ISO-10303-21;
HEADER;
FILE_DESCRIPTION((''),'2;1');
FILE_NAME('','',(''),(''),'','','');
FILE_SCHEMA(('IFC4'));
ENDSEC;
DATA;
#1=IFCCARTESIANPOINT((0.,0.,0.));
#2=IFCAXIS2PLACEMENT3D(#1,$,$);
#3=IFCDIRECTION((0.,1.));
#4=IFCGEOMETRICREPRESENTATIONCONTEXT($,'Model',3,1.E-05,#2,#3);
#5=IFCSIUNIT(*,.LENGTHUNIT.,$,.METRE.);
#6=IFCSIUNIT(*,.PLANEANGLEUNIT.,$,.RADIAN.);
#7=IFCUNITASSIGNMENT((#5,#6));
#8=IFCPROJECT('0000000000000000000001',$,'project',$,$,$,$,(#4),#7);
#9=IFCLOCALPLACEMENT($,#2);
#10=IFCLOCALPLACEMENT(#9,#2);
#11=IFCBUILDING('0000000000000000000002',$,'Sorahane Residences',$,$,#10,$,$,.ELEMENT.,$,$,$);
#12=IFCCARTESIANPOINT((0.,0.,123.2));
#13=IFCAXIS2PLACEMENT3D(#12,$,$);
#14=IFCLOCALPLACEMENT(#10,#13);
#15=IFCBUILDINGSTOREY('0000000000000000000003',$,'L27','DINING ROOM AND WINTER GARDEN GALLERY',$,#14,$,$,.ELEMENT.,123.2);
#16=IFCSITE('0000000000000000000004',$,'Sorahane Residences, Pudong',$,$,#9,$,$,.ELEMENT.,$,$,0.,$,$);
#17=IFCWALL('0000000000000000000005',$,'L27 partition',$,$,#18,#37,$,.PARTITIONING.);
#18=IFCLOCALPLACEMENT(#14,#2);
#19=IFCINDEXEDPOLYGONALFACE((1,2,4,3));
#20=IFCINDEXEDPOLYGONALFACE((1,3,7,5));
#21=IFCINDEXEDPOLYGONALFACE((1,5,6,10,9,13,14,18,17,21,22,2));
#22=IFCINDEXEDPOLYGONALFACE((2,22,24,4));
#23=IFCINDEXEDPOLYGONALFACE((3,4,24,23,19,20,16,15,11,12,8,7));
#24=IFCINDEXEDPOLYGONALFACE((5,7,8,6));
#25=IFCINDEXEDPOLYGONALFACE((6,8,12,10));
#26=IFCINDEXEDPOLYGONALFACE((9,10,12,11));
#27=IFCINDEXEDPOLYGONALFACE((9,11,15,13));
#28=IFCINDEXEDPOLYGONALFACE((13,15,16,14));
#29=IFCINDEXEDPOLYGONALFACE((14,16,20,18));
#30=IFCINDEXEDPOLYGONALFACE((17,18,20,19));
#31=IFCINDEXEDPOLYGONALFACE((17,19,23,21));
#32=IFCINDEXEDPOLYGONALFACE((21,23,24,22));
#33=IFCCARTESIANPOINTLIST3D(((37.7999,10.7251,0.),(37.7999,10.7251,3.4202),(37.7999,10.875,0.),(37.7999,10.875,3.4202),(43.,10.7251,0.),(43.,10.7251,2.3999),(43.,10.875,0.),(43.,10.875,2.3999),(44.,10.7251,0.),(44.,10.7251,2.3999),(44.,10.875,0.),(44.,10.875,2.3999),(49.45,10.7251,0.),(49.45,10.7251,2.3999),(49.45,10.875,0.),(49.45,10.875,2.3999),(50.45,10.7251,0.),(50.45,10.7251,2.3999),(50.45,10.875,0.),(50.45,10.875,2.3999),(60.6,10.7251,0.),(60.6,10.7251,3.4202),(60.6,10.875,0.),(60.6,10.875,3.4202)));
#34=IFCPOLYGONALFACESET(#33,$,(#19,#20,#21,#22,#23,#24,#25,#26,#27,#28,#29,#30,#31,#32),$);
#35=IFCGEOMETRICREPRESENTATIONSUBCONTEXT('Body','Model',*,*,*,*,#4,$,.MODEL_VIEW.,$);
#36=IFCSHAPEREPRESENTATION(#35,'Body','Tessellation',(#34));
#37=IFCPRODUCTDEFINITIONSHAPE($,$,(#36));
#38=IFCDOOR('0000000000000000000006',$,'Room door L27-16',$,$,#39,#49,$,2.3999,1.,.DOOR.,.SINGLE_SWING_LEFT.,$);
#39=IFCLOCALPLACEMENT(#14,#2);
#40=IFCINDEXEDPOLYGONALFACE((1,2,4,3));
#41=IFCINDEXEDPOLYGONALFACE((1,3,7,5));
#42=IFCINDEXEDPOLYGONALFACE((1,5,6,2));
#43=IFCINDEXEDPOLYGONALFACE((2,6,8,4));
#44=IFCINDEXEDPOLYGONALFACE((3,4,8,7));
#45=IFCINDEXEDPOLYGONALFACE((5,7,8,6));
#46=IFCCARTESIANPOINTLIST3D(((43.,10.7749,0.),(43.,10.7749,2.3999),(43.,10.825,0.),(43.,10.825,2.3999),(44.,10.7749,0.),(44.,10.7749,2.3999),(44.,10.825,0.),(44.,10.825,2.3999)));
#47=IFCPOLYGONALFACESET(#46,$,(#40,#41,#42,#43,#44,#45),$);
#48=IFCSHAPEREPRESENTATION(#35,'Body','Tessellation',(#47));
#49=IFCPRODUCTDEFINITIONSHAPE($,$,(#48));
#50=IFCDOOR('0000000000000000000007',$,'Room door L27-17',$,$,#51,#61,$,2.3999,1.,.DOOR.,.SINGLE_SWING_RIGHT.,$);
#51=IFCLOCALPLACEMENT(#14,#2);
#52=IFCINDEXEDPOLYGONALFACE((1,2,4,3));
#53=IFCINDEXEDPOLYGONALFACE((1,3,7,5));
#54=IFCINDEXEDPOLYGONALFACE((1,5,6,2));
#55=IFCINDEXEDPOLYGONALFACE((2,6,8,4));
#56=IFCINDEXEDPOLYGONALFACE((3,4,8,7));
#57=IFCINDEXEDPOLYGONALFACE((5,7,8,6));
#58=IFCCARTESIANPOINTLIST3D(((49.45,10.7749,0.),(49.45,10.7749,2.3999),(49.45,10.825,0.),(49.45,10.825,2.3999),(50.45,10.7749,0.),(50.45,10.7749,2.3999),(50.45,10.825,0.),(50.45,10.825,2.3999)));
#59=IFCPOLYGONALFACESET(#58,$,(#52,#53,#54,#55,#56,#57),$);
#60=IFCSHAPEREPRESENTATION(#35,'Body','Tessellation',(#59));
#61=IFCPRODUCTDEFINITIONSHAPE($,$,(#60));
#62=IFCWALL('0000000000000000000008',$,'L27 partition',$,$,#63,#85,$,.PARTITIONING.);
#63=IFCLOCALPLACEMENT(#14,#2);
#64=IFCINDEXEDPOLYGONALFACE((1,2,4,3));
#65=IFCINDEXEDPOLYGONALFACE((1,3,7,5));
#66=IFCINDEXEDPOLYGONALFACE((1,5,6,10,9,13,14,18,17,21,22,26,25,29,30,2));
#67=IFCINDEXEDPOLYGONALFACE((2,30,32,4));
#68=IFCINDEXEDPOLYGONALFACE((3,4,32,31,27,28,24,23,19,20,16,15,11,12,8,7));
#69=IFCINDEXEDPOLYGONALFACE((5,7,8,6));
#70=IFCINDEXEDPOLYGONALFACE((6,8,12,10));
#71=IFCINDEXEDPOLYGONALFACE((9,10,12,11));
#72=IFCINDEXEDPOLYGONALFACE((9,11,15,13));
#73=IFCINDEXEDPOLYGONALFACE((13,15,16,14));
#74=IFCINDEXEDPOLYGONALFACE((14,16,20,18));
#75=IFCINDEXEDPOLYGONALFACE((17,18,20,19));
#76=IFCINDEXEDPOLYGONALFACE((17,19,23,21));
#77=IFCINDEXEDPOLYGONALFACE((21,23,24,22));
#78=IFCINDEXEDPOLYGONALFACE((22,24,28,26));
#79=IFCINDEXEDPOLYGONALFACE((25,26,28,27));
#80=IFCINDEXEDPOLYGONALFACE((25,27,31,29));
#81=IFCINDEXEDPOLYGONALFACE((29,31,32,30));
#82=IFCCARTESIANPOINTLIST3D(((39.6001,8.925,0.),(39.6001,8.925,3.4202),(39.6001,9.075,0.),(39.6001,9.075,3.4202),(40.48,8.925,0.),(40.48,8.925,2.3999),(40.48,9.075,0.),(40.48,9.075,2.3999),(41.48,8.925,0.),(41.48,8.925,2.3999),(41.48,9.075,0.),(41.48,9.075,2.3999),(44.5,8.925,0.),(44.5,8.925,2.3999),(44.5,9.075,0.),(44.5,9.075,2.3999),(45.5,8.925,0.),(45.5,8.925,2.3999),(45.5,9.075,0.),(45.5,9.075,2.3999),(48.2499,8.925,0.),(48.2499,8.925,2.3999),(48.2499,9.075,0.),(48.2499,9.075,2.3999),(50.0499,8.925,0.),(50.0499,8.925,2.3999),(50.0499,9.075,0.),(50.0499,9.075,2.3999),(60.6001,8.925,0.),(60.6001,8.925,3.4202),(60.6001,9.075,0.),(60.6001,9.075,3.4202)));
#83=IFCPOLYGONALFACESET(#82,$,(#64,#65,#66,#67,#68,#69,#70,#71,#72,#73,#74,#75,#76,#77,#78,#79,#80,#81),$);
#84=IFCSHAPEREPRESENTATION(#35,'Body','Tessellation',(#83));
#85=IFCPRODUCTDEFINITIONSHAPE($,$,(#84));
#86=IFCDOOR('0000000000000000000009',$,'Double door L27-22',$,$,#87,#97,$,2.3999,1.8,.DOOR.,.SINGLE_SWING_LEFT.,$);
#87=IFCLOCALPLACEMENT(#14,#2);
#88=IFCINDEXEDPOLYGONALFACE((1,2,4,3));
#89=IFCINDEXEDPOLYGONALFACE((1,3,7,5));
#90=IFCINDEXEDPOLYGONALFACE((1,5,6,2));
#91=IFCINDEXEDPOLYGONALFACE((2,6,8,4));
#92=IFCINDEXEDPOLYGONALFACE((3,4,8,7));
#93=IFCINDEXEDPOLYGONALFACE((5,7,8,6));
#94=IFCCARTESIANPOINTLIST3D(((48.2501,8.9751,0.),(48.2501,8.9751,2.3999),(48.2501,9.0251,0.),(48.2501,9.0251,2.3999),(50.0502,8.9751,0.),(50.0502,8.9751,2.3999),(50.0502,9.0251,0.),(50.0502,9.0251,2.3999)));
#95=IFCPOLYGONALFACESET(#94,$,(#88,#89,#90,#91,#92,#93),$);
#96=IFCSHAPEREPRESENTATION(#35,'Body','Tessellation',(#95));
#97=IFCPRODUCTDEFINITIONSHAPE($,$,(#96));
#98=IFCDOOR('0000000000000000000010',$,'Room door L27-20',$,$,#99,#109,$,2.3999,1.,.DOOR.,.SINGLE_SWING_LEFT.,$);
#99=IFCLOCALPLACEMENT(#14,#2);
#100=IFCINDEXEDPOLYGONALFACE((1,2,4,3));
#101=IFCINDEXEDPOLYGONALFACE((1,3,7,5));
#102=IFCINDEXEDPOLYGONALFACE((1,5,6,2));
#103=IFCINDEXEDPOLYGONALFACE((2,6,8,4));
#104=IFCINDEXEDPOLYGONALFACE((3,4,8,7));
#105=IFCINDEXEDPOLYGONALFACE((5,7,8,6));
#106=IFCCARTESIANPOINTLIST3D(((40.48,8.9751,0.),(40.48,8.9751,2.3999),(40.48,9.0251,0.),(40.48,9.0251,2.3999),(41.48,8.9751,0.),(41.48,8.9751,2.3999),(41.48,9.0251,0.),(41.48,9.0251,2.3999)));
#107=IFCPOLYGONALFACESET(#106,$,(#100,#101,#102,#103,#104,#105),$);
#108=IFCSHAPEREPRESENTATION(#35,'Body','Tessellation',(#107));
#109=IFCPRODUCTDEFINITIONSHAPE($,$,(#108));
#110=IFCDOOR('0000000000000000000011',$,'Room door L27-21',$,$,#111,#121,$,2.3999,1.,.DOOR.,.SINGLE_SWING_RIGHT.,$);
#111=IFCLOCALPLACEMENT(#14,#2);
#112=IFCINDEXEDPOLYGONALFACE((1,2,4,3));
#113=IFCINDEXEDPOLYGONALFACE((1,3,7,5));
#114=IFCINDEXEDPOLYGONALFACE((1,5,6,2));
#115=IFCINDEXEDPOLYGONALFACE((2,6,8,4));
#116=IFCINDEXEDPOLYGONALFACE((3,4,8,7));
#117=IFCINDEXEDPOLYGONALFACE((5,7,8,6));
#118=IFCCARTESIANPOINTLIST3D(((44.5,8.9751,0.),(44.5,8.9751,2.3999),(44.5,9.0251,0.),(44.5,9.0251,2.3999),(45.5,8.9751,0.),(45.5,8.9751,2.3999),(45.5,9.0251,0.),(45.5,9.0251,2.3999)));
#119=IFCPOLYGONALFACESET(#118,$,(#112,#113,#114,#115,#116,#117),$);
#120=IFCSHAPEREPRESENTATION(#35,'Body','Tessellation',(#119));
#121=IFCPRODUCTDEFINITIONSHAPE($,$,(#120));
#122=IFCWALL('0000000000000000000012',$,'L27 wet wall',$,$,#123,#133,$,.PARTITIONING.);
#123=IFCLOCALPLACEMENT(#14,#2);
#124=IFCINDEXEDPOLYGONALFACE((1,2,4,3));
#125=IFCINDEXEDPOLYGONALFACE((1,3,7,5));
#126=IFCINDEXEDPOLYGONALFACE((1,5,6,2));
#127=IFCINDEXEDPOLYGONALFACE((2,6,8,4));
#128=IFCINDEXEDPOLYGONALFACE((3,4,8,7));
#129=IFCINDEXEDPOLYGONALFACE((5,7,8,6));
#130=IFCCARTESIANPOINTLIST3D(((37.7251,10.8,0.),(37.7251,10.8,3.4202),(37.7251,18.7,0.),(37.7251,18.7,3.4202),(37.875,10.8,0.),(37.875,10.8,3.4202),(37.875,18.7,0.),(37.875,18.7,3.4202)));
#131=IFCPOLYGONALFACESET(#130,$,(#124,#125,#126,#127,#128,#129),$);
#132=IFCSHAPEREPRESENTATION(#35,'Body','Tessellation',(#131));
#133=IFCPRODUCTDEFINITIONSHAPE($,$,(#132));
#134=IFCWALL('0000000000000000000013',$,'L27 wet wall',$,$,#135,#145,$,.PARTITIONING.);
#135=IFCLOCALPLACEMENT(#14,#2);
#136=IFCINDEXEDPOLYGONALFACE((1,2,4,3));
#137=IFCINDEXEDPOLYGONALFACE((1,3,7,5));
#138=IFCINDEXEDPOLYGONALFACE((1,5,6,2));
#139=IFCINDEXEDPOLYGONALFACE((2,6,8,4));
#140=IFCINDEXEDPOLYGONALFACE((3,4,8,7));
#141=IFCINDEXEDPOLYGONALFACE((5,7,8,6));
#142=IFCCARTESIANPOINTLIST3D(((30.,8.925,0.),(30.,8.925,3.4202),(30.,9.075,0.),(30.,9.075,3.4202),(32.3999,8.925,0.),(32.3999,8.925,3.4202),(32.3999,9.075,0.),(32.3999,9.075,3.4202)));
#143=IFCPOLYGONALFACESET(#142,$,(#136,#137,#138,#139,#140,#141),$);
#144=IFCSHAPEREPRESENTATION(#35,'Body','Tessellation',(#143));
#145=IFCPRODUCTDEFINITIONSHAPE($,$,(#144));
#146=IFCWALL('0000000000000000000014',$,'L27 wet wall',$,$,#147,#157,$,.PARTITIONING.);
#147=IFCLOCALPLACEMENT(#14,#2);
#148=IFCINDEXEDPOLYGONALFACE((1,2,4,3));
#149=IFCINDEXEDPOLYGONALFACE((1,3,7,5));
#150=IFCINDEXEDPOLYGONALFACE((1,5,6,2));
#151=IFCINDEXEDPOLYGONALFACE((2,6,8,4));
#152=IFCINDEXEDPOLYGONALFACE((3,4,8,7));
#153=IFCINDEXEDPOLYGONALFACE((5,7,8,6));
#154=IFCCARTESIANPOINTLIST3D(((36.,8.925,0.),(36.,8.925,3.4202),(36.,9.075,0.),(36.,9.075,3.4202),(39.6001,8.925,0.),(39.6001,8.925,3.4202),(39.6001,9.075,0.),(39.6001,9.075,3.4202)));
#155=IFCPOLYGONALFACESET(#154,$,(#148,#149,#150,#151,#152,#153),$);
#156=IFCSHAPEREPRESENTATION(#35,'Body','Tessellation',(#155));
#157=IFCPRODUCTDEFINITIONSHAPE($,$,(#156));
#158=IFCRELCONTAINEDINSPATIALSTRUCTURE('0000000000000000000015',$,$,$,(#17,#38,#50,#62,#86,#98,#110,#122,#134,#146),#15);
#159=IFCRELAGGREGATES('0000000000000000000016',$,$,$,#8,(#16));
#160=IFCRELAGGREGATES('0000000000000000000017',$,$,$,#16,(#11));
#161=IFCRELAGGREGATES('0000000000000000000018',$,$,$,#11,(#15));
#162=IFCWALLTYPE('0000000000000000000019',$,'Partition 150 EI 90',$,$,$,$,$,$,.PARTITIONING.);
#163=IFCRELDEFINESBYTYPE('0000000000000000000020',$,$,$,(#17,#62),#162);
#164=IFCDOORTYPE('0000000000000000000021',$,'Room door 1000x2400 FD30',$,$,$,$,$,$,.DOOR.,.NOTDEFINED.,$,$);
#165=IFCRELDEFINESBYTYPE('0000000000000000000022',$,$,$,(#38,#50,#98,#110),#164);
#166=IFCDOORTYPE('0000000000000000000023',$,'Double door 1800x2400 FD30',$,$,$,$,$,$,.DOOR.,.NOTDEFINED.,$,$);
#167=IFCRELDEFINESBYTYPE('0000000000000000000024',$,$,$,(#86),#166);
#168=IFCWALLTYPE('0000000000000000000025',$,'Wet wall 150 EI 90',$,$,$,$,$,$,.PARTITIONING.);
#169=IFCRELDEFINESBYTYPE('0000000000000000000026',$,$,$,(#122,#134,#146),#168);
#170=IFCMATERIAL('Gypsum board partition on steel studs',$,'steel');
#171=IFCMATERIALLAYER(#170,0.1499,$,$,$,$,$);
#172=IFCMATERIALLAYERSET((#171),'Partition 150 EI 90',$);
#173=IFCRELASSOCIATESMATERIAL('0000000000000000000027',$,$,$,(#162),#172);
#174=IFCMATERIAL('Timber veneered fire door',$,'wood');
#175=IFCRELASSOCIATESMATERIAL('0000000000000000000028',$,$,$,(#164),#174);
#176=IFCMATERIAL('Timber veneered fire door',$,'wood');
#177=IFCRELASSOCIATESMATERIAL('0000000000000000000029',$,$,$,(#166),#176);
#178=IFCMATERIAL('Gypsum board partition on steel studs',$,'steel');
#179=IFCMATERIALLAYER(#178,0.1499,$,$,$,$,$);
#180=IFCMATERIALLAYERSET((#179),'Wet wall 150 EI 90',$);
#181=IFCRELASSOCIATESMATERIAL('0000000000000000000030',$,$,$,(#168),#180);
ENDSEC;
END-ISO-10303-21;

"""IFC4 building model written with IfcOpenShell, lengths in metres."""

from ifc_helpers import new_model, si_unit, direction, frame, frame_2d, origin, place, context, subcontext, project, spatial, rectangle, extrude, material, layer, layer_set, type_object, element, fill, save


model = new_model("IFC4")

# Units and contexts
model_context = context("Model", 3, precision=1e-05, world=origin(), true_north=direction((0.0, 1.0)))
body_context = subcontext(model_context, "Body", "Model", "MODEL_VIEW")
ifc_project = project(units=[si_unit("LENGTHUNIT", "METRE"), si_unit("PLANEANGLEUNIT", "RADIAN")], contexts=[model_context])

# Site, building, storey
site_placement = place(None, origin())
site = spatial("IfcSite", under=ifc_project, at=site_placement, Name="Sorahane Residences, Pudong", CompositionType="ELEMENT", RefElevation=0.0)
building_placement = place(site_placement, origin())
building = spatial("IfcBuilding", under=site, at=building_placement, Name="Sorahane Residences", CompositionType="ELEMENT")
storey_placement = place(building_placement, frame((0.0, 0.0, 123.2)))
storey = spatial("IfcBuildingStorey", under=building, at=storey_placement, Name="L27", Description="DINING ROOM AND WINTER GARDEN GALLERY", CompositionType="ELEMENT", Elevation=123.2)

# Wall, openings, doors
ifc_material_1 = material(Name="Gypsum board partition on steel studs", Category="steel")
ifc_layer_1 = layer(ifc_material_1, 0.1499)
ifc_layer_set_1 = layer_set([ifc_layer_1], Name="Partition 150 EI 90")
wall_type_1 = type_object("IfcWallType", Name="Partition 150 EI 90", PredefinedType="PARTITIONING", material=ifc_layer_set_1)
wall_1_placement = place(storey_placement, frame((37.8, 10.8, 0.0), z_axis=(0.0, 0.0, 1.0), x_axis=(1.0, 0.0, 0.0)))
wall_1 = element("IfcWall", 1, at=wall_1_placement, inside=storey, type_object=wall_type_1, Name="L27 partition", PredefinedType="PARTITIONING", context=body_context, shape_type="SweptSolid", body=[
    extrude(rectangle(XDim=22.8, YDim=0.1499, at=frame_2d((11.3999, 0.0))), origin(), (0.0, 0.0, 1.0), 3.4202),
])
opening_1_placement = place(wall_1_placement, frame((5.2, 0.0, 0.0)))
opening_1 = element("IfcOpeningElement", 2, at=opening_1_placement, cuts=wall_1, PredefinedType="OPENING", context=body_context, shape_type="SweptSolid", body=[
    extrude(rectangle(XDim=1.0, YDim=2.3999, at=frame_2d((0.5, 1.2))), frame((0.0, 0.085, 0.0), z_axis=(0.0, -1.0, 0.0), x_axis=(1.0, 0.0, 0.0)), (0.0, 0.0, 1.0), 0.1699),
])
opening_2_placement = place(wall_1_placement, frame((11.6499, 0.0, 0.0)))
opening_2 = element("IfcOpeningElement", 3, at=opening_2_placement, cuts=wall_1, PredefinedType="OPENING", context=body_context, shape_type="SweptSolid", body=[
    extrude(rectangle(XDim=1.0, YDim=2.3999, at=frame_2d((0.5, 1.2))), frame((0.0, 0.085, 0.0), z_axis=(0.0, -1.0, 0.0), x_axis=(1.0, 0.0, 0.0)), (0.0, 0.0, 1.0), 0.1699),
])
ifc_material_2 = material(Name="Timber veneered fire door", Category="wood")
door_type_1 = type_object("IfcDoorType", Name="Room door 1000x2400 FD30", OperationType="NOTDEFINED", PredefinedType="DOOR", material=ifc_material_2)
door_1_placement = place(opening_1_placement, origin())
door_1 = element("IfcDoor", 4, at=door_1_placement, inside=storey, type_object=door_type_1, Name="Room door L27-16", OperationType="SINGLE_SWING_LEFT", OverallHeight=2.3999, OverallWidth=1.0, PredefinedType="DOOR", context=body_context, shape_type="SweptSolid", body=[
    extrude(rectangle(XDim=1.0, YDim=2.3999, at=frame_2d((0.5, 1.2))), frame((0.0, 0.0249, 0.0), z_axis=(0.0, -1.0, 0.0), x_axis=(1.0, 0.0, 0.0)), (0.0, 0.0, 1.0), 0.05),
])
fill(opening_1, door_1)
door_2_placement = place(opening_2_placement, origin())
door_2 = element("IfcDoor", 5, at=door_2_placement, inside=storey, type_object=door_type_1, Name="Room door L27-17", OperationType="SINGLE_SWING_RIGHT", OverallHeight=2.3999, OverallWidth=1.0, PredefinedType="DOOR", context=body_context, shape_type="SweptSolid", body=[
    extrude(rectangle(XDim=1.0, YDim=2.3999, at=frame_2d((0.5, 1.2))), frame((0.0, 0.0249, 0.0), z_axis=(0.0, -1.0, 0.0), x_axis=(1.0, 0.0, 0.0)), (0.0, 0.0, 1.0), 0.05),
])
fill(opening_2, door_2)

# Wall, openings, doors
wall_2_placement = place(storey_placement, frame((39.6001, 9.0, 0.0), z_axis=(0.0, 0.0, 1.0), x_axis=(1.0, 0.0, 0.0)))
wall_2 = element("IfcWall", 6, at=wall_2_placement, inside=storey, type_object=wall_type_1, Name="L27 partition", PredefinedType="PARTITIONING", context=body_context, shape_type="SweptSolid", body=[
    extrude(rectangle(XDim=21.0, YDim=0.1499, at=frame_2d((10.5, 0.0))), origin(), (0.0, 0.0, 1.0), 3.4202),
])
opening_3_placement = place(wall_2_placement, frame((0.8799, 0.0, 0.0)))
opening_3 = element("IfcOpeningElement", 7, at=opening_3_placement, cuts=wall_2, PredefinedType="OPENING", context=body_context, shape_type="SweptSolid", body=[
    extrude(rectangle(XDim=1.0, YDim=2.3999, at=frame_2d((0.5, 1.2))), frame((0.0, 0.085, 0.0), z_axis=(0.0, -1.0, 0.0), x_axis=(1.0, 0.0, 0.0)), (0.0, 0.0, 1.0), 0.1699),
])
opening_4_placement = place(wall_2_placement, frame((4.8999, 0.0, 0.0)))
opening_4 = element("IfcOpeningElement", 8, at=opening_4_placement, cuts=wall_2, PredefinedType="OPENING", context=body_context, shape_type="SweptSolid", body=[
    extrude(rectangle(XDim=1.0, YDim=2.3999, at=frame_2d((0.5, 1.2))), frame((0.0, 0.085, 0.0), z_axis=(0.0, -1.0, 0.0), x_axis=(1.0, 0.0, 0.0)), (0.0, 0.0, 1.0), 0.1699),
])
opening_5_placement = place(wall_2_placement, frame((8.6499, 0.0, 0.0)))
opening_5 = element("IfcOpeningElement", 9, at=opening_5_placement, cuts=wall_2, PredefinedType="OPENING", context=body_context, shape_type="SweptSolid", body=[
    extrude(rectangle(XDim=1.8, YDim=2.3999, at=frame_2d((0.8999, 1.2))), frame((0.0, 0.085, 0.0), z_axis=(0.0, -1.0, 0.0), x_axis=(1.0, 0.0, 0.0)), (0.0, 0.0, 1.0), 0.1699),
])
ifc_material_3 = material(Name="Timber veneered fire door", Category="wood")
door_type_2 = type_object("IfcDoorType", Name="Double door 1800x2400 FD30", OperationType="NOTDEFINED", PredefinedType="DOOR", material=ifc_material_3)
door_3_placement = place(opening_5_placement, frame((1.8, 0.0, 0.0), z_axis=(0.0, 0.0, 1.0), x_axis=(-1.0, 0.0, 0.0)))
door_3 = element("IfcDoor", 10, at=door_3_placement, inside=storey, type_object=door_type_2, Name="Double door L27-22", OperationType="SINGLE_SWING_LEFT", OverallHeight=2.3999, OverallWidth=1.8, PredefinedType="DOOR", context=body_context, shape_type="SweptSolid", body=[
    extrude(rectangle(XDim=1.8, YDim=2.3999, at=frame_2d((0.8999, 1.2))), frame((0.0, 0.0249, 0.0), z_axis=(0.0, -1.0, 0.0), x_axis=(1.0, 0.0, 0.0)), (0.0, 0.0, 1.0), 0.05),
])
fill(opening_5, door_3)
door_4_placement = place(opening_3_placement, frame((1.0, 0.0, 0.0), z_axis=(0.0, 0.0, 1.0), x_axis=(-1.0, 0.0, 0.0)))
door_4 = element("IfcDoor", 11, at=door_4_placement, inside=storey, type_object=door_type_1, Name="Room door L27-20", OperationType="SINGLE_SWING_LEFT", OverallHeight=2.3999, OverallWidth=1.0, PredefinedType="DOOR", context=body_context, shape_type="SweptSolid", body=[
    extrude(rectangle(XDim=1.0, YDim=2.3999, at=frame_2d((0.5, 1.2))), frame((0.0, 0.0249, 0.0), z_axis=(0.0, -1.0, 0.0), x_axis=(1.0, 0.0, 0.0)), (0.0, 0.0, 1.0), 0.05),
])
fill(opening_3, door_4)
door_5_placement = place(opening_4_placement, frame((1.0, 0.0, 0.0), z_axis=(0.0, 0.0, 1.0), x_axis=(-1.0, 0.0, 0.0)))
door_5 = element("IfcDoor", 12, at=door_5_placement, inside=storey, type_object=door_type_1, Name="Room door L27-21", OperationType="SINGLE_SWING_RIGHT", OverallHeight=2.3999, OverallWidth=1.0, PredefinedType="DOOR", context=body_context, shape_type="SweptSolid", body=[
    extrude(rectangle(XDim=1.0, YDim=2.3999, at=frame_2d((0.5, 1.2))), frame((0.0, 0.0249, 0.0), z_axis=(0.0, -1.0, 0.0), x_axis=(1.0, 0.0, 0.0)), (0.0, 0.0, 1.0), 0.05),
])
fill(opening_4, door_5)

# Wall
ifc_material_4 = material(Name="Gypsum board partition on steel studs", Category="steel")
ifc_layer_2 = layer(ifc_material_4, 0.1499)
ifc_layer_set_2 = layer_set([ifc_layer_2], Name="Wet wall 150 EI 90")
wall_type_2 = type_object("IfcWallType", Name="Wet wall 150 EI 90", PredefinedType="PARTITIONING", material=ifc_layer_set_2)
wall_3_placement = place(storey_placement, frame((37.8, 10.8, 0.0), z_axis=(0.0, 0.0, 1.0), x_axis=(0.0, 1.0, 0.0)))
element("IfcWall", 13, at=wall_3_placement, inside=storey, type_object=wall_type_2, Name="L27 wet wall", PredefinedType="PARTITIONING", context=body_context, shape_type="SweptSolid", body=[
    extrude(rectangle(XDim=7.8999, YDim=0.1499, at=frame_2d((3.95, 0.0))), origin(), (0.0, 0.0, 1.0), 3.4202),
])

# Walls
wall_4_placement = place(storey_placement, frame((30.0, 9.0, 0.0), z_axis=(0.0, 0.0, 1.0), x_axis=(1.0, 0.0, 0.0)))
element("IfcWall", 14, at=wall_4_placement, inside=storey, type_object=wall_type_2, Name="L27 wet wall", PredefinedType="PARTITIONING", context=body_context, shape_type="SweptSolid", body=[
    extrude(rectangle(XDim=2.3999, YDim=0.1499, at=frame_2d((1.2, 0.0))), origin(), (0.0, 0.0, 1.0), 3.4202),
])
wall_5_placement = place(storey_placement, frame((36.0, 9.0, 0.0), z_axis=(0.0, 0.0, 1.0), x_axis=(1.0, 0.0, 0.0)))
element("IfcWall", 15, at=wall_5_placement, inside=storey, type_object=wall_type_2, Name="L27 wet wall", PredefinedType="PARTITIONING", context=body_context, shape_type="SweptSolid", body=[
    extrude(rectangle(XDim=3.6001, YDim=0.1499, at=frame_2d((1.8, 0.0))), origin(), (0.0, 0.0, 1.0), 3.4202),
])

save(model, "model.ifc")
